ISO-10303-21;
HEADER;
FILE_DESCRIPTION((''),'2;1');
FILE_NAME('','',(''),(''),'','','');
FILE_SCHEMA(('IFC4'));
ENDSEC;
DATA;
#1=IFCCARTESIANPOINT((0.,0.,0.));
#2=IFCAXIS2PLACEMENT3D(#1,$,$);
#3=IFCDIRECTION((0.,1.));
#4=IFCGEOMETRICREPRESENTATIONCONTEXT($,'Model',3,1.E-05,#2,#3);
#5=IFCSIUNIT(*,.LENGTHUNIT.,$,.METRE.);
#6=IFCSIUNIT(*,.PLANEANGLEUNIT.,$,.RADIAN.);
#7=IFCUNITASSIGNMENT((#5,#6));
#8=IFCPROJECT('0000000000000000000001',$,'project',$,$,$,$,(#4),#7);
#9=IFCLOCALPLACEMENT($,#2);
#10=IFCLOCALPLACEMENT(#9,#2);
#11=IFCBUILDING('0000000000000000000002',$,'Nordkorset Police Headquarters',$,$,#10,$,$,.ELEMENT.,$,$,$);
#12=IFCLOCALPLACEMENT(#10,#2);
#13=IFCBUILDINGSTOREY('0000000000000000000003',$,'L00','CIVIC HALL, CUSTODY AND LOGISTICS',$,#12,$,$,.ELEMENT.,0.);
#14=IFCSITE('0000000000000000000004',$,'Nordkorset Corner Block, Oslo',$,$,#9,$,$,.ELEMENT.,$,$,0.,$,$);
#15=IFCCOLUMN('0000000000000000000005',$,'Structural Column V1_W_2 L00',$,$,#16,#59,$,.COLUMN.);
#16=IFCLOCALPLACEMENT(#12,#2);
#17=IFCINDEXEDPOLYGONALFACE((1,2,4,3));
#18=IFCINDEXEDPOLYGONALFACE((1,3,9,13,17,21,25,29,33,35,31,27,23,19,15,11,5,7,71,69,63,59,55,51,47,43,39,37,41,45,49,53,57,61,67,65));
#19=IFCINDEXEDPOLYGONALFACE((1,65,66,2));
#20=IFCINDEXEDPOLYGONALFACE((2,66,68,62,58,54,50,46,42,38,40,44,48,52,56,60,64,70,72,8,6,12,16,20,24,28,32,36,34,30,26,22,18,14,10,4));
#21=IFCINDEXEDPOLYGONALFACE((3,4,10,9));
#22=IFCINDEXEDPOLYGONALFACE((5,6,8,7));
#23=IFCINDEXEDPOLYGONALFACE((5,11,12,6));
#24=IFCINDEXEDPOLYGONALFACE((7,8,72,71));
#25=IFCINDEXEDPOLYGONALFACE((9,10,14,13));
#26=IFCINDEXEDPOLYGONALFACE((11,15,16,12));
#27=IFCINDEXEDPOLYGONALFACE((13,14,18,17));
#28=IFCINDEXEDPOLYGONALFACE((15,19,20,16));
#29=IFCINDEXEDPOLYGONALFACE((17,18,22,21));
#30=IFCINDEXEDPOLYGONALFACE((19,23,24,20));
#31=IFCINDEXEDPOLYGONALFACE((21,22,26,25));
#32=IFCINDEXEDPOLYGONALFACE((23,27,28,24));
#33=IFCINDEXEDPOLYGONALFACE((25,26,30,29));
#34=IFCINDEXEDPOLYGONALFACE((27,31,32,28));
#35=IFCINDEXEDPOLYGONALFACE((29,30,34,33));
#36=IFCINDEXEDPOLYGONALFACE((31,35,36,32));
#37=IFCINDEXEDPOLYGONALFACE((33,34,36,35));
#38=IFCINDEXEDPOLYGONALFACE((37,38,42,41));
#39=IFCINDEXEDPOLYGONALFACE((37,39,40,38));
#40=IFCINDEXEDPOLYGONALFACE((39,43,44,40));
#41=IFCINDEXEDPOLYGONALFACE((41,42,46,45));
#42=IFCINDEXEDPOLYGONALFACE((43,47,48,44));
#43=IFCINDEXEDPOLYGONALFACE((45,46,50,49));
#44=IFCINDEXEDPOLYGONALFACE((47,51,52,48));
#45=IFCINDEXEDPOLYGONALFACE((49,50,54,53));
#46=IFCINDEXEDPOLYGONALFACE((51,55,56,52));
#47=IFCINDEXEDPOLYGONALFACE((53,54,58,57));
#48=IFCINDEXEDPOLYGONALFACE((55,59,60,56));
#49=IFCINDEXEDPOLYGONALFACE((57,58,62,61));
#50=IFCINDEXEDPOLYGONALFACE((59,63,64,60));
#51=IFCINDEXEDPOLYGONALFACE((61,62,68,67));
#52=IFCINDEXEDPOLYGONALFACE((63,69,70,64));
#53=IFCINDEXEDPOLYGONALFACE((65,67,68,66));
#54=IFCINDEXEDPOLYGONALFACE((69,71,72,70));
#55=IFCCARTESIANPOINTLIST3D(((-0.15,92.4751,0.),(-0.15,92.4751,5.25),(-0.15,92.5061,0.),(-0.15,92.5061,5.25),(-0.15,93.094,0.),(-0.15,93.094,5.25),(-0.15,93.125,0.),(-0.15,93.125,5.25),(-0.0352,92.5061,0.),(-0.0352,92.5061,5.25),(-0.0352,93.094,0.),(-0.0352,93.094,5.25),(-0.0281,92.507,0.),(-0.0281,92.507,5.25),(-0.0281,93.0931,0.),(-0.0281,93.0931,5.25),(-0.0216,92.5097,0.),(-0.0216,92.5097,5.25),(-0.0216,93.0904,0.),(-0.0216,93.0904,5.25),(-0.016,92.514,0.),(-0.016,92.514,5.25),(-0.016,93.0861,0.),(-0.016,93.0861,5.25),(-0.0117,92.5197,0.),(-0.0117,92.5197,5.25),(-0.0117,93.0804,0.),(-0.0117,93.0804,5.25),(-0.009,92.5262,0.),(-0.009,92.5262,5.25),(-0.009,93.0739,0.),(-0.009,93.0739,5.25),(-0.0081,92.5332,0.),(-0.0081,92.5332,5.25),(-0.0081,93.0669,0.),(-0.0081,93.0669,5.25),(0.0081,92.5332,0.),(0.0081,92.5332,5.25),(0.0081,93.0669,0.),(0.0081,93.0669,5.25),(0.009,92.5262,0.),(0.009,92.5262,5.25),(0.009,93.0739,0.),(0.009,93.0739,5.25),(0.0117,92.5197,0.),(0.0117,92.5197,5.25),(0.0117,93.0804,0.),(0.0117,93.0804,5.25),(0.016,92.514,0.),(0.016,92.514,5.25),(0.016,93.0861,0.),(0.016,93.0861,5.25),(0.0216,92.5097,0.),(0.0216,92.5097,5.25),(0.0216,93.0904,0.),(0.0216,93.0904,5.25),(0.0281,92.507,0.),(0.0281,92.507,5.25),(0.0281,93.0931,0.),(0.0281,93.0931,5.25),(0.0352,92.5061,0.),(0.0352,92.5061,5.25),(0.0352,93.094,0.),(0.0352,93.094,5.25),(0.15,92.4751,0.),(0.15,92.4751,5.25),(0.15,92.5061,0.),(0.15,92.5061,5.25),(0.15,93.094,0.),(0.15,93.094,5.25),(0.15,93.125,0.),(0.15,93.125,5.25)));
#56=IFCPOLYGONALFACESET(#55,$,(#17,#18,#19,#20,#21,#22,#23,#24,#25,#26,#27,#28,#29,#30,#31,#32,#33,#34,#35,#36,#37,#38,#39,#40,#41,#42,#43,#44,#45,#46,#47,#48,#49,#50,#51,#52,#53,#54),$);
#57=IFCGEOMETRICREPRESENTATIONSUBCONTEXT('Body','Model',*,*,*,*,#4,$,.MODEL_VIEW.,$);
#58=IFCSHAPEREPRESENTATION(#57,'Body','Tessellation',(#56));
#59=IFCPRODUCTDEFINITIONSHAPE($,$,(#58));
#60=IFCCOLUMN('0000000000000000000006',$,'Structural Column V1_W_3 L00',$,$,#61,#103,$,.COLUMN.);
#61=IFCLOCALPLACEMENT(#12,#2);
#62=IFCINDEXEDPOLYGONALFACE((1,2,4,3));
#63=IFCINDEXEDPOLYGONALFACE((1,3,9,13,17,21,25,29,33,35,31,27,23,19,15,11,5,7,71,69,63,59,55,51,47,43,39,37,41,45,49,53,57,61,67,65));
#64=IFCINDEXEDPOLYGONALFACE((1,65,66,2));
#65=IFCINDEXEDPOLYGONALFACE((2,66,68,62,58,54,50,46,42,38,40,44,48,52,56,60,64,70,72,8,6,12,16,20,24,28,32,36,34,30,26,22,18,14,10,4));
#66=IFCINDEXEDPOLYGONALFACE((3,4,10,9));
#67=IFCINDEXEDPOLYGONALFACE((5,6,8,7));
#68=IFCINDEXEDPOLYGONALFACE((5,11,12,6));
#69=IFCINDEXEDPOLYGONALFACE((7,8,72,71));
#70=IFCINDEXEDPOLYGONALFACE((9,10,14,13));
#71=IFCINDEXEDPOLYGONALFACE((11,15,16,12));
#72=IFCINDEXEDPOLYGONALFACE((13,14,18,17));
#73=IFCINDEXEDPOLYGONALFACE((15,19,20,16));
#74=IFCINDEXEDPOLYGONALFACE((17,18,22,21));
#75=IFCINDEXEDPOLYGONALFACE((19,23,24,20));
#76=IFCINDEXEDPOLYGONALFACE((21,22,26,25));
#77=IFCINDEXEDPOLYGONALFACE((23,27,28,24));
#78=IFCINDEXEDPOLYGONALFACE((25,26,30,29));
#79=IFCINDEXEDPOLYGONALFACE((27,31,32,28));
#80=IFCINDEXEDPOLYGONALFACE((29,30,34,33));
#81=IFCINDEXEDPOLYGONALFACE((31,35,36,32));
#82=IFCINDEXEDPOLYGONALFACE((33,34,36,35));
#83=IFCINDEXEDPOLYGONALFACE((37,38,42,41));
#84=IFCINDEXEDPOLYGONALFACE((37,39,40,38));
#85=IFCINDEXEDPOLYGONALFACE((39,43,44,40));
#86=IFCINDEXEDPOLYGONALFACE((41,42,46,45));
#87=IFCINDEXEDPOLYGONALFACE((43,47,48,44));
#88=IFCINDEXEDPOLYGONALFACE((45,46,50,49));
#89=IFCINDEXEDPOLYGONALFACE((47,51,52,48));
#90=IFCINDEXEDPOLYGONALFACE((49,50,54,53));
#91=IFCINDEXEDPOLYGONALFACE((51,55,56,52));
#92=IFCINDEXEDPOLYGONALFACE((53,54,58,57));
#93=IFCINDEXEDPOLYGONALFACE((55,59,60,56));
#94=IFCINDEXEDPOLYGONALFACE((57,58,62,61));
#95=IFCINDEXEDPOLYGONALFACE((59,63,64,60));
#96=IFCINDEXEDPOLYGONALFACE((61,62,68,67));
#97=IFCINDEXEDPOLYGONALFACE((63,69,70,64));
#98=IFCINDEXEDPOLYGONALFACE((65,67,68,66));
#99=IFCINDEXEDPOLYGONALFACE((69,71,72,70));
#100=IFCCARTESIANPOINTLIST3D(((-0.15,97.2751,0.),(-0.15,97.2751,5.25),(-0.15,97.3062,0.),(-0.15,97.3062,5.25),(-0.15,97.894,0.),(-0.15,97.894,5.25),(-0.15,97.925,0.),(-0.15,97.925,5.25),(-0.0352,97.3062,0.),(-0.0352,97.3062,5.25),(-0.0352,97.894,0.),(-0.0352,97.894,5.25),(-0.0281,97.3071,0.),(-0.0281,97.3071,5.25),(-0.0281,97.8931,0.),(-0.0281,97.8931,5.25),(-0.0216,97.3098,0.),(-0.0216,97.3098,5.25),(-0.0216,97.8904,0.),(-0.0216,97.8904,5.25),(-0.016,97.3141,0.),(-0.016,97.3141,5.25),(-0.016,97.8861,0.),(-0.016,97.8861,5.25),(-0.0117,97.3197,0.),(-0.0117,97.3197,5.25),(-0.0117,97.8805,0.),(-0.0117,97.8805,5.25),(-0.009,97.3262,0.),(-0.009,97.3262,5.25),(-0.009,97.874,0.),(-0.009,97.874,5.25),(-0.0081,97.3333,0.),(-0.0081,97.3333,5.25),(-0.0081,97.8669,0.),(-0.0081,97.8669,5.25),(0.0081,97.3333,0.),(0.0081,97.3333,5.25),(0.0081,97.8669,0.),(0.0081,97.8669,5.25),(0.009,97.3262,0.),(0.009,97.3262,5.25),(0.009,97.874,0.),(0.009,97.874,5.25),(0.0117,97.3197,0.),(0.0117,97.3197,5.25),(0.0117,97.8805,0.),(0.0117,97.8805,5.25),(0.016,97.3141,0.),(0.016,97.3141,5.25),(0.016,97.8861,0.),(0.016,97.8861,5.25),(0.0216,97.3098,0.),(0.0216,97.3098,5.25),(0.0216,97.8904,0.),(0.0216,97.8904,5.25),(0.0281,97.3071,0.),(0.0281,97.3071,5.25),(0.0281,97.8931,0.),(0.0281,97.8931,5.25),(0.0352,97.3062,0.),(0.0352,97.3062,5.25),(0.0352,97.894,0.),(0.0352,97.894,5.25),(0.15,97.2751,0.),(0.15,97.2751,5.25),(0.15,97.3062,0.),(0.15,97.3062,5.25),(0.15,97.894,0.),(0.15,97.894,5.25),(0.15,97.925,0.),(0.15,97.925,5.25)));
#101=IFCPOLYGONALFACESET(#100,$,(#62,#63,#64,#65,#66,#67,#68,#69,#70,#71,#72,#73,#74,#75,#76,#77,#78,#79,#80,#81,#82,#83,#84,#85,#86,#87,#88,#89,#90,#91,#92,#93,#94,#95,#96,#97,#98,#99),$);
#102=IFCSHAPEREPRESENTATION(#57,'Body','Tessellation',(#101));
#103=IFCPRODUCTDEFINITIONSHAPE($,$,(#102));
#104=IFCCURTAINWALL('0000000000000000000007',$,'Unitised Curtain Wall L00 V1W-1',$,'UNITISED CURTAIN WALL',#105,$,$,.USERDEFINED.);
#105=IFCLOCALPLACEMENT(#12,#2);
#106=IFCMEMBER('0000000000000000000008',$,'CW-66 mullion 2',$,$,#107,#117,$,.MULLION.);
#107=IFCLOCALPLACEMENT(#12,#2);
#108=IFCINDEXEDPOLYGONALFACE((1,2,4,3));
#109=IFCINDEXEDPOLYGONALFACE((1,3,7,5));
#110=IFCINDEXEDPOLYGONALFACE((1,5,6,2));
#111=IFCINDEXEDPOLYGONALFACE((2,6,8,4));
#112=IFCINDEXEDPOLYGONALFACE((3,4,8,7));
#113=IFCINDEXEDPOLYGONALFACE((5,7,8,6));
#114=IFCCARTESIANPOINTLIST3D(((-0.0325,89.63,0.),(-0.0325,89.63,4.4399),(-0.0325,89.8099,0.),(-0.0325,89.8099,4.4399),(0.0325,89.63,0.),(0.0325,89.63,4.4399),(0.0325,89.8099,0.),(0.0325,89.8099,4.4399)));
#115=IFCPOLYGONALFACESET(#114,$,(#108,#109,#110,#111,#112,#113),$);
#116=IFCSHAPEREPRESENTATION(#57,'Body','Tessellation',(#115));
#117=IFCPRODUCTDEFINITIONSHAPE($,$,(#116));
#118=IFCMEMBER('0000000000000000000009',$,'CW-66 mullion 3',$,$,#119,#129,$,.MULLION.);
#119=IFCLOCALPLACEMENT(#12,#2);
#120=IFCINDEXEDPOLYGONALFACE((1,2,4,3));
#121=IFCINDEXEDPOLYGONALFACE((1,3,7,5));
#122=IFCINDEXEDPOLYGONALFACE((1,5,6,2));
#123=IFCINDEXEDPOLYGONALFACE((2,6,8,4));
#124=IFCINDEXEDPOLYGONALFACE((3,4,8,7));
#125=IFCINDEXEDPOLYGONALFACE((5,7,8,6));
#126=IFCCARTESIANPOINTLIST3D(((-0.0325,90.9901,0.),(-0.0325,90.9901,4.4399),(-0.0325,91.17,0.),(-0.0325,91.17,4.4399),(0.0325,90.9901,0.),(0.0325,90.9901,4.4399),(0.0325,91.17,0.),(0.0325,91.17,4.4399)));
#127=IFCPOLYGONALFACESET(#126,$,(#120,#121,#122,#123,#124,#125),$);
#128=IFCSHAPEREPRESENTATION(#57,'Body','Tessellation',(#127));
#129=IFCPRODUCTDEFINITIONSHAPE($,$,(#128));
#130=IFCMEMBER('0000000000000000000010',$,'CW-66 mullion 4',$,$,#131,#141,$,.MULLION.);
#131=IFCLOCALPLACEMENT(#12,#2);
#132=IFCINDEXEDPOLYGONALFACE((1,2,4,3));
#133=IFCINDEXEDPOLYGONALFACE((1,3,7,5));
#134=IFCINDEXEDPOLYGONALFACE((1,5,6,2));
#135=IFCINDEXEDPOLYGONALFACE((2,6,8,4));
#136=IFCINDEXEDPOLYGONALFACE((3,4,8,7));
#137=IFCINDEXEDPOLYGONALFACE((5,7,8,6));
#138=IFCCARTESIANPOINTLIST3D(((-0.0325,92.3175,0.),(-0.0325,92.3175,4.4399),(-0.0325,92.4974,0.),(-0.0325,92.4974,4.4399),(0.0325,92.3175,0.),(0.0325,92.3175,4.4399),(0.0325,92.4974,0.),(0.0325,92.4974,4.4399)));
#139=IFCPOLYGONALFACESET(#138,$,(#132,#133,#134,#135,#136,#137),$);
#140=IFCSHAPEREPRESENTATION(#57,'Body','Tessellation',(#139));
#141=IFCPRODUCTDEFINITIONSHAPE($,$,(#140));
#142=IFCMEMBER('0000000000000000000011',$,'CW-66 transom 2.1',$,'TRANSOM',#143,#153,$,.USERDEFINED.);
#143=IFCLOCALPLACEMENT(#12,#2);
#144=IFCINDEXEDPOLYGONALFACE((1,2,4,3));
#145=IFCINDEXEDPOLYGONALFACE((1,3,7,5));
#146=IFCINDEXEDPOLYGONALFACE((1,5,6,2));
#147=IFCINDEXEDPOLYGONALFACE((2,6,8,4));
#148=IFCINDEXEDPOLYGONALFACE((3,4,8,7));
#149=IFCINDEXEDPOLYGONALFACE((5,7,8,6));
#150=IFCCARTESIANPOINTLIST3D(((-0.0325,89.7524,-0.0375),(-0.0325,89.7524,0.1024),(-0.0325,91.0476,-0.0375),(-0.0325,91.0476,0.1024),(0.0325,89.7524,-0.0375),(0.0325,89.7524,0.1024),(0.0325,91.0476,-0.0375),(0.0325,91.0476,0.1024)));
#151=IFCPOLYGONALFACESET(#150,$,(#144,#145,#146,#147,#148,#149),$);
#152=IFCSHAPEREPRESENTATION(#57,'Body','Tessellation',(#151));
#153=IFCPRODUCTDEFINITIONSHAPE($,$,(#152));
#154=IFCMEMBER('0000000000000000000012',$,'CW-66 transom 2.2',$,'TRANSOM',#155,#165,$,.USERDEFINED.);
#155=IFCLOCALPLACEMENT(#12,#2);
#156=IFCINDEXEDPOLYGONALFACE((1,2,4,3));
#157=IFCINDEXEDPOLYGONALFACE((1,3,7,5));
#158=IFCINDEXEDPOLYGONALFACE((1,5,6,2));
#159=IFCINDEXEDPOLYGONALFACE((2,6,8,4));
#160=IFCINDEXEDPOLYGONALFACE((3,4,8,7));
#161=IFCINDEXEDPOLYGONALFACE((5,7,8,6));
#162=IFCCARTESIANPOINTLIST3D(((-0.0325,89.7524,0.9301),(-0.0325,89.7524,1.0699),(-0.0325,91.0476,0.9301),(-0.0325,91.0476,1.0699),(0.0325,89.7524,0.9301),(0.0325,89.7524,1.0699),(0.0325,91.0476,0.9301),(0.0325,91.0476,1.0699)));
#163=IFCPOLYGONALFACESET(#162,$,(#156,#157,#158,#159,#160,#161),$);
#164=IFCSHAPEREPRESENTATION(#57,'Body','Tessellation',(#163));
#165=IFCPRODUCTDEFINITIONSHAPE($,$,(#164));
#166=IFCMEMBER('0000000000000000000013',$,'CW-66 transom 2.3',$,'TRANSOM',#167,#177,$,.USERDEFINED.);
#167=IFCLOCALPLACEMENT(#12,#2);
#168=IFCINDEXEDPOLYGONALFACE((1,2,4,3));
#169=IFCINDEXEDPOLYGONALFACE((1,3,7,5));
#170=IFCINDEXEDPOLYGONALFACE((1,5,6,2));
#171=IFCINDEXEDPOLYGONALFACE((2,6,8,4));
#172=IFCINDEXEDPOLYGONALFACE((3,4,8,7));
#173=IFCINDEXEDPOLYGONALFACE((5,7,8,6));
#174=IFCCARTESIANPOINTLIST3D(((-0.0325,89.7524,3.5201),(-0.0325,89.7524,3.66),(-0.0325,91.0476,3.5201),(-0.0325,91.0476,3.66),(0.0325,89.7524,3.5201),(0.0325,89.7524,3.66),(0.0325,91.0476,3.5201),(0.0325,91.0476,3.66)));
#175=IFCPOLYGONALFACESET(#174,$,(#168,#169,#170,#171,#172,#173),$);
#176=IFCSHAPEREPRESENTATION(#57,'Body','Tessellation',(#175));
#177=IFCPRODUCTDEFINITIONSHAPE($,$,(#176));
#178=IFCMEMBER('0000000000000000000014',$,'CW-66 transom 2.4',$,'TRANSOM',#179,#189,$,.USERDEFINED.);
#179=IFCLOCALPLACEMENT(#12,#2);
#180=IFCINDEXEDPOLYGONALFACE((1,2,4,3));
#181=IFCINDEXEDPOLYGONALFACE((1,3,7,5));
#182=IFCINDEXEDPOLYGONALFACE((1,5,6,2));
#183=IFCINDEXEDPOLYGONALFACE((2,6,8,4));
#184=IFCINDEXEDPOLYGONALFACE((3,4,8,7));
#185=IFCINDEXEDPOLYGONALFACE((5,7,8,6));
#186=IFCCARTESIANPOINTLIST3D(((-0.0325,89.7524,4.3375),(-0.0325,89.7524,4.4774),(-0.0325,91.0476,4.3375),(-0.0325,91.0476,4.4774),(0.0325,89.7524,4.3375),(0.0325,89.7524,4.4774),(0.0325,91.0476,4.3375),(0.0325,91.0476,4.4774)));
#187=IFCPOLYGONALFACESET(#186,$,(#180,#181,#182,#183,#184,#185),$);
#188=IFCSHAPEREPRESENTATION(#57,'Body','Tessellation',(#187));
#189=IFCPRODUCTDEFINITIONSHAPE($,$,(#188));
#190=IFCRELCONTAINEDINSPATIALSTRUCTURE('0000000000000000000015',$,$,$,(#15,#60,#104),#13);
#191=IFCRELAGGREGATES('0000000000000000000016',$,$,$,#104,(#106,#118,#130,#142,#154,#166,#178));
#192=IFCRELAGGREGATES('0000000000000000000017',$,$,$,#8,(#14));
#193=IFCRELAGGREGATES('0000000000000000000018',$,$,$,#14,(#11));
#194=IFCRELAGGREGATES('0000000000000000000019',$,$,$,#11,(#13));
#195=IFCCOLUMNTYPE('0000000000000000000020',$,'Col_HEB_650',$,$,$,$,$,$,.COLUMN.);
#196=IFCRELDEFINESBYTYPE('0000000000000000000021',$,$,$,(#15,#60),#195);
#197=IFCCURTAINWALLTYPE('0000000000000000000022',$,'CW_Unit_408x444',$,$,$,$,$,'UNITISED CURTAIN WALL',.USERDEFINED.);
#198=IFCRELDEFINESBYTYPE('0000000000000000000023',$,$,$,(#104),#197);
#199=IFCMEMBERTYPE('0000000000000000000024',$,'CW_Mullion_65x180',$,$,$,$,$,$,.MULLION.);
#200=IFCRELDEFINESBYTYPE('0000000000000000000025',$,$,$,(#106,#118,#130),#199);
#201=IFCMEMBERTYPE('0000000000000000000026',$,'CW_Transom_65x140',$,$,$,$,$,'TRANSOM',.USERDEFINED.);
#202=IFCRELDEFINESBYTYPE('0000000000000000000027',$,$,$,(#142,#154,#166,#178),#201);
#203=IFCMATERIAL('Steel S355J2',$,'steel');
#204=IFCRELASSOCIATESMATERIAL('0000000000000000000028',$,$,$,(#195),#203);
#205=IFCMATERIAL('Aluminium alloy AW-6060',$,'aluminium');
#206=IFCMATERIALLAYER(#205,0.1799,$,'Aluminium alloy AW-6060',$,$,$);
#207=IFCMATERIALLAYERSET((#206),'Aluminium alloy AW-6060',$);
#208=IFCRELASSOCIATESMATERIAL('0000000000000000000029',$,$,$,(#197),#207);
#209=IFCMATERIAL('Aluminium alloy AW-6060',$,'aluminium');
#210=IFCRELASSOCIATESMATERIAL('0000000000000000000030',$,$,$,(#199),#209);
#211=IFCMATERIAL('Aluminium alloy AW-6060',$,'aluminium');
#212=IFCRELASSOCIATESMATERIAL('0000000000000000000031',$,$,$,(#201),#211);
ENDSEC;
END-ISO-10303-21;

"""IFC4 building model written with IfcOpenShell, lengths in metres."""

from ifc_helpers import new_model, si_unit, direction, frame, origin, origin_2d, place, context, subcontext, project, spatial, rectangle, i_section, extrude, material, layer, layer_set, material_profile, profile_set, type_object, element, aggregate, save


model = new_model("IFC4")

# Units and contexts
model_context = context("Model", 3, precision=1e-05, world=origin(), true_north=direction((0.0, 1.0)))
body_context = subcontext(model_context, "Body", "Model", "MODEL_VIEW")
ifc_project = project(units=[si_unit("LENGTHUNIT", "METRE"), si_unit("PLANEANGLEUNIT", "RADIAN")], contexts=[model_context])

# Site, building, storey
site_placement = place(None, origin())
site = spatial("IfcSite", under=ifc_project, at=site_placement, Name="Nordkorset Corner Block, Oslo", CompositionType="ELEMENT", RefElevation=0.0)
building_placement = place(site_placement, origin())
building = spatial("IfcBuilding", under=site, at=building_placement, Name="Nordkorset Police Headquarters", CompositionType="ELEMENT")
storey_placement = place(building_placement, origin())
storey = spatial("IfcBuildingStorey", under=building, at=storey_placement, Name="L00", Description="CIVIC HALL, CUSTODY AND LOGISTICS", CompositionType="ELEMENT", Elevation=0.0)

# Columns
ifc_material_1 = material(Name="Steel S355J2", Category="steel")
ifc_material_profile_1 = material_profile(ifc_material_1, i_section(OverallWidth=0.3, OverallDepth=0.6499, WebThickness=0.0161, FlangeThickness=0.031, FilletRadius=0.0271, at=origin_2d()), Name="HEB 650")
ifc_profile_set_1 = profile_set([ifc_material_profile_1], Name="Steel S355J2")
column_type = type_object("IfcColumnType", Name="Col_HEB_650", PredefinedType="COLUMN", material=ifc_profile_set_1)
for number, where, z_axis, x_axis, name in (
    (1, (0.0, 92.8, 0.0), (0.0, 0.0, 1.0), (1.0, 0.0, 0.0), "Structural Column V1_W_2 L00"),
    (2, (0.0, 97.6001, 0.0), (0.0, 0.0, 1.0), (1.0, 0.0, 0.0), "Structural Column V1_W_3 L00"),
):
    element("IfcColumn", number, at=place(storey_placement, frame(where, z_axis=z_axis, x_axis=x_axis)), inside=storey, type_object=column_type, Name=name, PredefinedType="COLUMN", context=body_context, shape_type="SweptSolid", body=[
        extrude(i_section(OverallWidth=0.3, OverallDepth=0.6499, WebThickness=0.0161, FlangeThickness=0.031, FilletRadius=0.0271, at=origin_2d()), origin(), (0.0, 0.0, 1.0), 5.25),
    ])

# Curtain wall, members
ifc_material_2 = material(Name="Aluminium alloy AW-6060", Category="aluminium")
ifc_layer_1 = layer(ifc_material_2, 0.1799, Name="Aluminium alloy AW-6060")
ifc_layer_set_1 = layer_set([ifc_layer_1], Name="Aluminium alloy AW-6060")
curtain_wall_type = type_object("IfcCurtainWallType", Name="CW_Unit_408x444", ElementType="UNITISED CURTAIN WALL", PredefinedType="USERDEFINED", material=ifc_layer_set_1)
curtain_wall_placement = place(storey_placement, origin())
curtain_wall = element("IfcCurtainWall", 3, at=curtain_wall_placement, inside=storey, type_object=curtain_wall_type, Name="Unitised Curtain Wall L00 V1W-1", ObjectType="UNITISED CURTAIN WALL", PredefinedType="USERDEFINED")
ifc_material_3 = material(Name="Aluminium alloy AW-6060", Category="aluminium")
ifc_material_profile_2 = material_profile(ifc_material_3, rectangle(XDim=0.0649, YDim=0.1799, at=origin_2d()), Name="ALU MULL 65x180")
ifc_profile_set_2 = profile_set([ifc_material_profile_2], Name="Aluminium alloy AW-6060")
member_type_1 = type_object("IfcMemberType", Name="CW_Mullion_65x180", PredefinedType="MULLION", material=ifc_profile_set_2)
member_1_placement = place(storey_placement, frame((0.0, 89.72, 0.0), z_axis=(0.0, 0.0, 1.0), x_axis=(-1.0, 0.0, 0.0)))
member_1 = element("IfcMember", 4, at=member_1_placement, type_object=member_type_1, Name="CW-66 mullion 2", PredefinedType="MULLION", context=body_context, shape_type="SweptSolid", body=[
    extrude(rectangle(XDim=0.0649, YDim=0.1799, at=origin_2d()), origin(), (0.0, 0.0, 1.0), 4.4399),
])
member_2_placement = place(storey_placement, frame((0.0, 91.0801, 0.0), z_axis=(0.0, 0.0, 1.0), x_axis=(-1.0, 0.0, 0.0)))
member_2 = element("IfcMember", 5, at=member_2_placement, type_object=member_type_1, Name="CW-66 mullion 3", PredefinedType="MULLION", context=body_context, shape_type="SweptSolid", body=[
    extrude(rectangle(XDim=0.0649, YDim=0.1799, at=origin_2d()), origin(), (0.0, 0.0, 1.0), 4.4399),
])
member_3_placement = place(storey_placement, frame((0.0, 92.4075, 0.0), z_axis=(0.0, 0.0, 1.0), x_axis=(-1.0, 0.0, 0.0)))
member_3 = element("IfcMember", 6, at=member_3_placement, type_object=member_type_1, Name="CW-66 mullion 4", PredefinedType="MULLION", context=body_context, shape_type="SweptSolid", body=[
    extrude(rectangle(XDim=0.0649, YDim=0.1799, at=origin_2d()), origin(), (0.0, 0.0, 1.0), 4.4399),
])
ifc_material_4 = material(Name="Aluminium alloy AW-6060", Category="aluminium")
ifc_material_profile_3 = material_profile(ifc_material_4, rectangle(XDim=0.0649, YDim=0.1399, at=origin_2d()), Name="ALU TRAN 65x140")
ifc_profile_set_3 = profile_set([ifc_material_profile_3], Name="Aluminium alloy AW-6060")
member_type_2 = type_object("IfcMemberType", Name="CW_Transom_65x140", ElementType="TRANSOM", PredefinedType="USERDEFINED", material=ifc_profile_set_3)
member_4_placement = place(storey_placement, frame((0.0, 89.7524, 0.0325), z_axis=(0.0, 1.0, 0.0), x_axis=(-1.0, 0.0, 0.0)))
member_4 = element("IfcMember", 7, at=member_4_placement, type_object=member_type_2, Name="CW-66 transom 2.1", ObjectType="TRANSOM", PredefinedType="USERDEFINED", context=body_context, shape_type="SweptSolid", body=[
    extrude(rectangle(XDim=0.0649, YDim=0.1399, at=origin_2d()), origin(), (0.0, 0.0, 1.0), 1.2952),
])
member_5_placement = place(storey_placement, frame((0.0, 89.7524, 1.0), z_axis=(0.0, 1.0, 0.0), x_axis=(-1.0, 0.0, 0.0)))
member_5 = element("IfcMember", 8, at=member_5_placement, type_object=member_type_2, Name="CW-66 transom 2.2", ObjectType="TRANSOM", PredefinedType="USERDEFINED", context=body_context, shape_type="SweptSolid", body=[
    extrude(rectangle(XDim=0.0649, YDim=0.1399, at=origin_2d()), origin(), (0.0, 0.0, 1.0), 1.2952),
])
member_6_placement = place(storey_placement, frame((0.0, 89.7524, 3.5901), z_axis=(0.0, 1.0, 0.0), x_axis=(-1.0, 0.0, 0.0)))
member_6 = element("IfcMember", 9, at=member_6_placement, type_object=member_type_2, Name="CW-66 transom 2.3", ObjectType="TRANSOM", PredefinedType="USERDEFINED", context=body_context, shape_type="SweptSolid", body=[
    extrude(rectangle(XDim=0.0649, YDim=0.1399, at=origin_2d()), origin(), (0.0, 0.0, 1.0), 1.2952),
])
member_7_placement = place(storey_placement, frame((0.0, 89.7524, 4.4075), z_axis=(0.0, 1.0, 0.0), x_axis=(-1.0, 0.0, 0.0)))
member_7 = element("IfcMember", 10, at=member_7_placement, type_object=member_type_2, Name="CW-66 transom 2.4", ObjectType="TRANSOM", PredefinedType="USERDEFINED", context=body_context, shape_type="SweptSolid", body=[
    extrude(rectangle(XDim=0.0649, YDim=0.1399, at=origin_2d()), origin(), (0.0, 0.0, 1.0), 1.2952),
])

aggregate(curtain_wall, [member_1, member_2, member_3, member_4, member_5, member_6, member_7])

save(model, "model.ifc")
